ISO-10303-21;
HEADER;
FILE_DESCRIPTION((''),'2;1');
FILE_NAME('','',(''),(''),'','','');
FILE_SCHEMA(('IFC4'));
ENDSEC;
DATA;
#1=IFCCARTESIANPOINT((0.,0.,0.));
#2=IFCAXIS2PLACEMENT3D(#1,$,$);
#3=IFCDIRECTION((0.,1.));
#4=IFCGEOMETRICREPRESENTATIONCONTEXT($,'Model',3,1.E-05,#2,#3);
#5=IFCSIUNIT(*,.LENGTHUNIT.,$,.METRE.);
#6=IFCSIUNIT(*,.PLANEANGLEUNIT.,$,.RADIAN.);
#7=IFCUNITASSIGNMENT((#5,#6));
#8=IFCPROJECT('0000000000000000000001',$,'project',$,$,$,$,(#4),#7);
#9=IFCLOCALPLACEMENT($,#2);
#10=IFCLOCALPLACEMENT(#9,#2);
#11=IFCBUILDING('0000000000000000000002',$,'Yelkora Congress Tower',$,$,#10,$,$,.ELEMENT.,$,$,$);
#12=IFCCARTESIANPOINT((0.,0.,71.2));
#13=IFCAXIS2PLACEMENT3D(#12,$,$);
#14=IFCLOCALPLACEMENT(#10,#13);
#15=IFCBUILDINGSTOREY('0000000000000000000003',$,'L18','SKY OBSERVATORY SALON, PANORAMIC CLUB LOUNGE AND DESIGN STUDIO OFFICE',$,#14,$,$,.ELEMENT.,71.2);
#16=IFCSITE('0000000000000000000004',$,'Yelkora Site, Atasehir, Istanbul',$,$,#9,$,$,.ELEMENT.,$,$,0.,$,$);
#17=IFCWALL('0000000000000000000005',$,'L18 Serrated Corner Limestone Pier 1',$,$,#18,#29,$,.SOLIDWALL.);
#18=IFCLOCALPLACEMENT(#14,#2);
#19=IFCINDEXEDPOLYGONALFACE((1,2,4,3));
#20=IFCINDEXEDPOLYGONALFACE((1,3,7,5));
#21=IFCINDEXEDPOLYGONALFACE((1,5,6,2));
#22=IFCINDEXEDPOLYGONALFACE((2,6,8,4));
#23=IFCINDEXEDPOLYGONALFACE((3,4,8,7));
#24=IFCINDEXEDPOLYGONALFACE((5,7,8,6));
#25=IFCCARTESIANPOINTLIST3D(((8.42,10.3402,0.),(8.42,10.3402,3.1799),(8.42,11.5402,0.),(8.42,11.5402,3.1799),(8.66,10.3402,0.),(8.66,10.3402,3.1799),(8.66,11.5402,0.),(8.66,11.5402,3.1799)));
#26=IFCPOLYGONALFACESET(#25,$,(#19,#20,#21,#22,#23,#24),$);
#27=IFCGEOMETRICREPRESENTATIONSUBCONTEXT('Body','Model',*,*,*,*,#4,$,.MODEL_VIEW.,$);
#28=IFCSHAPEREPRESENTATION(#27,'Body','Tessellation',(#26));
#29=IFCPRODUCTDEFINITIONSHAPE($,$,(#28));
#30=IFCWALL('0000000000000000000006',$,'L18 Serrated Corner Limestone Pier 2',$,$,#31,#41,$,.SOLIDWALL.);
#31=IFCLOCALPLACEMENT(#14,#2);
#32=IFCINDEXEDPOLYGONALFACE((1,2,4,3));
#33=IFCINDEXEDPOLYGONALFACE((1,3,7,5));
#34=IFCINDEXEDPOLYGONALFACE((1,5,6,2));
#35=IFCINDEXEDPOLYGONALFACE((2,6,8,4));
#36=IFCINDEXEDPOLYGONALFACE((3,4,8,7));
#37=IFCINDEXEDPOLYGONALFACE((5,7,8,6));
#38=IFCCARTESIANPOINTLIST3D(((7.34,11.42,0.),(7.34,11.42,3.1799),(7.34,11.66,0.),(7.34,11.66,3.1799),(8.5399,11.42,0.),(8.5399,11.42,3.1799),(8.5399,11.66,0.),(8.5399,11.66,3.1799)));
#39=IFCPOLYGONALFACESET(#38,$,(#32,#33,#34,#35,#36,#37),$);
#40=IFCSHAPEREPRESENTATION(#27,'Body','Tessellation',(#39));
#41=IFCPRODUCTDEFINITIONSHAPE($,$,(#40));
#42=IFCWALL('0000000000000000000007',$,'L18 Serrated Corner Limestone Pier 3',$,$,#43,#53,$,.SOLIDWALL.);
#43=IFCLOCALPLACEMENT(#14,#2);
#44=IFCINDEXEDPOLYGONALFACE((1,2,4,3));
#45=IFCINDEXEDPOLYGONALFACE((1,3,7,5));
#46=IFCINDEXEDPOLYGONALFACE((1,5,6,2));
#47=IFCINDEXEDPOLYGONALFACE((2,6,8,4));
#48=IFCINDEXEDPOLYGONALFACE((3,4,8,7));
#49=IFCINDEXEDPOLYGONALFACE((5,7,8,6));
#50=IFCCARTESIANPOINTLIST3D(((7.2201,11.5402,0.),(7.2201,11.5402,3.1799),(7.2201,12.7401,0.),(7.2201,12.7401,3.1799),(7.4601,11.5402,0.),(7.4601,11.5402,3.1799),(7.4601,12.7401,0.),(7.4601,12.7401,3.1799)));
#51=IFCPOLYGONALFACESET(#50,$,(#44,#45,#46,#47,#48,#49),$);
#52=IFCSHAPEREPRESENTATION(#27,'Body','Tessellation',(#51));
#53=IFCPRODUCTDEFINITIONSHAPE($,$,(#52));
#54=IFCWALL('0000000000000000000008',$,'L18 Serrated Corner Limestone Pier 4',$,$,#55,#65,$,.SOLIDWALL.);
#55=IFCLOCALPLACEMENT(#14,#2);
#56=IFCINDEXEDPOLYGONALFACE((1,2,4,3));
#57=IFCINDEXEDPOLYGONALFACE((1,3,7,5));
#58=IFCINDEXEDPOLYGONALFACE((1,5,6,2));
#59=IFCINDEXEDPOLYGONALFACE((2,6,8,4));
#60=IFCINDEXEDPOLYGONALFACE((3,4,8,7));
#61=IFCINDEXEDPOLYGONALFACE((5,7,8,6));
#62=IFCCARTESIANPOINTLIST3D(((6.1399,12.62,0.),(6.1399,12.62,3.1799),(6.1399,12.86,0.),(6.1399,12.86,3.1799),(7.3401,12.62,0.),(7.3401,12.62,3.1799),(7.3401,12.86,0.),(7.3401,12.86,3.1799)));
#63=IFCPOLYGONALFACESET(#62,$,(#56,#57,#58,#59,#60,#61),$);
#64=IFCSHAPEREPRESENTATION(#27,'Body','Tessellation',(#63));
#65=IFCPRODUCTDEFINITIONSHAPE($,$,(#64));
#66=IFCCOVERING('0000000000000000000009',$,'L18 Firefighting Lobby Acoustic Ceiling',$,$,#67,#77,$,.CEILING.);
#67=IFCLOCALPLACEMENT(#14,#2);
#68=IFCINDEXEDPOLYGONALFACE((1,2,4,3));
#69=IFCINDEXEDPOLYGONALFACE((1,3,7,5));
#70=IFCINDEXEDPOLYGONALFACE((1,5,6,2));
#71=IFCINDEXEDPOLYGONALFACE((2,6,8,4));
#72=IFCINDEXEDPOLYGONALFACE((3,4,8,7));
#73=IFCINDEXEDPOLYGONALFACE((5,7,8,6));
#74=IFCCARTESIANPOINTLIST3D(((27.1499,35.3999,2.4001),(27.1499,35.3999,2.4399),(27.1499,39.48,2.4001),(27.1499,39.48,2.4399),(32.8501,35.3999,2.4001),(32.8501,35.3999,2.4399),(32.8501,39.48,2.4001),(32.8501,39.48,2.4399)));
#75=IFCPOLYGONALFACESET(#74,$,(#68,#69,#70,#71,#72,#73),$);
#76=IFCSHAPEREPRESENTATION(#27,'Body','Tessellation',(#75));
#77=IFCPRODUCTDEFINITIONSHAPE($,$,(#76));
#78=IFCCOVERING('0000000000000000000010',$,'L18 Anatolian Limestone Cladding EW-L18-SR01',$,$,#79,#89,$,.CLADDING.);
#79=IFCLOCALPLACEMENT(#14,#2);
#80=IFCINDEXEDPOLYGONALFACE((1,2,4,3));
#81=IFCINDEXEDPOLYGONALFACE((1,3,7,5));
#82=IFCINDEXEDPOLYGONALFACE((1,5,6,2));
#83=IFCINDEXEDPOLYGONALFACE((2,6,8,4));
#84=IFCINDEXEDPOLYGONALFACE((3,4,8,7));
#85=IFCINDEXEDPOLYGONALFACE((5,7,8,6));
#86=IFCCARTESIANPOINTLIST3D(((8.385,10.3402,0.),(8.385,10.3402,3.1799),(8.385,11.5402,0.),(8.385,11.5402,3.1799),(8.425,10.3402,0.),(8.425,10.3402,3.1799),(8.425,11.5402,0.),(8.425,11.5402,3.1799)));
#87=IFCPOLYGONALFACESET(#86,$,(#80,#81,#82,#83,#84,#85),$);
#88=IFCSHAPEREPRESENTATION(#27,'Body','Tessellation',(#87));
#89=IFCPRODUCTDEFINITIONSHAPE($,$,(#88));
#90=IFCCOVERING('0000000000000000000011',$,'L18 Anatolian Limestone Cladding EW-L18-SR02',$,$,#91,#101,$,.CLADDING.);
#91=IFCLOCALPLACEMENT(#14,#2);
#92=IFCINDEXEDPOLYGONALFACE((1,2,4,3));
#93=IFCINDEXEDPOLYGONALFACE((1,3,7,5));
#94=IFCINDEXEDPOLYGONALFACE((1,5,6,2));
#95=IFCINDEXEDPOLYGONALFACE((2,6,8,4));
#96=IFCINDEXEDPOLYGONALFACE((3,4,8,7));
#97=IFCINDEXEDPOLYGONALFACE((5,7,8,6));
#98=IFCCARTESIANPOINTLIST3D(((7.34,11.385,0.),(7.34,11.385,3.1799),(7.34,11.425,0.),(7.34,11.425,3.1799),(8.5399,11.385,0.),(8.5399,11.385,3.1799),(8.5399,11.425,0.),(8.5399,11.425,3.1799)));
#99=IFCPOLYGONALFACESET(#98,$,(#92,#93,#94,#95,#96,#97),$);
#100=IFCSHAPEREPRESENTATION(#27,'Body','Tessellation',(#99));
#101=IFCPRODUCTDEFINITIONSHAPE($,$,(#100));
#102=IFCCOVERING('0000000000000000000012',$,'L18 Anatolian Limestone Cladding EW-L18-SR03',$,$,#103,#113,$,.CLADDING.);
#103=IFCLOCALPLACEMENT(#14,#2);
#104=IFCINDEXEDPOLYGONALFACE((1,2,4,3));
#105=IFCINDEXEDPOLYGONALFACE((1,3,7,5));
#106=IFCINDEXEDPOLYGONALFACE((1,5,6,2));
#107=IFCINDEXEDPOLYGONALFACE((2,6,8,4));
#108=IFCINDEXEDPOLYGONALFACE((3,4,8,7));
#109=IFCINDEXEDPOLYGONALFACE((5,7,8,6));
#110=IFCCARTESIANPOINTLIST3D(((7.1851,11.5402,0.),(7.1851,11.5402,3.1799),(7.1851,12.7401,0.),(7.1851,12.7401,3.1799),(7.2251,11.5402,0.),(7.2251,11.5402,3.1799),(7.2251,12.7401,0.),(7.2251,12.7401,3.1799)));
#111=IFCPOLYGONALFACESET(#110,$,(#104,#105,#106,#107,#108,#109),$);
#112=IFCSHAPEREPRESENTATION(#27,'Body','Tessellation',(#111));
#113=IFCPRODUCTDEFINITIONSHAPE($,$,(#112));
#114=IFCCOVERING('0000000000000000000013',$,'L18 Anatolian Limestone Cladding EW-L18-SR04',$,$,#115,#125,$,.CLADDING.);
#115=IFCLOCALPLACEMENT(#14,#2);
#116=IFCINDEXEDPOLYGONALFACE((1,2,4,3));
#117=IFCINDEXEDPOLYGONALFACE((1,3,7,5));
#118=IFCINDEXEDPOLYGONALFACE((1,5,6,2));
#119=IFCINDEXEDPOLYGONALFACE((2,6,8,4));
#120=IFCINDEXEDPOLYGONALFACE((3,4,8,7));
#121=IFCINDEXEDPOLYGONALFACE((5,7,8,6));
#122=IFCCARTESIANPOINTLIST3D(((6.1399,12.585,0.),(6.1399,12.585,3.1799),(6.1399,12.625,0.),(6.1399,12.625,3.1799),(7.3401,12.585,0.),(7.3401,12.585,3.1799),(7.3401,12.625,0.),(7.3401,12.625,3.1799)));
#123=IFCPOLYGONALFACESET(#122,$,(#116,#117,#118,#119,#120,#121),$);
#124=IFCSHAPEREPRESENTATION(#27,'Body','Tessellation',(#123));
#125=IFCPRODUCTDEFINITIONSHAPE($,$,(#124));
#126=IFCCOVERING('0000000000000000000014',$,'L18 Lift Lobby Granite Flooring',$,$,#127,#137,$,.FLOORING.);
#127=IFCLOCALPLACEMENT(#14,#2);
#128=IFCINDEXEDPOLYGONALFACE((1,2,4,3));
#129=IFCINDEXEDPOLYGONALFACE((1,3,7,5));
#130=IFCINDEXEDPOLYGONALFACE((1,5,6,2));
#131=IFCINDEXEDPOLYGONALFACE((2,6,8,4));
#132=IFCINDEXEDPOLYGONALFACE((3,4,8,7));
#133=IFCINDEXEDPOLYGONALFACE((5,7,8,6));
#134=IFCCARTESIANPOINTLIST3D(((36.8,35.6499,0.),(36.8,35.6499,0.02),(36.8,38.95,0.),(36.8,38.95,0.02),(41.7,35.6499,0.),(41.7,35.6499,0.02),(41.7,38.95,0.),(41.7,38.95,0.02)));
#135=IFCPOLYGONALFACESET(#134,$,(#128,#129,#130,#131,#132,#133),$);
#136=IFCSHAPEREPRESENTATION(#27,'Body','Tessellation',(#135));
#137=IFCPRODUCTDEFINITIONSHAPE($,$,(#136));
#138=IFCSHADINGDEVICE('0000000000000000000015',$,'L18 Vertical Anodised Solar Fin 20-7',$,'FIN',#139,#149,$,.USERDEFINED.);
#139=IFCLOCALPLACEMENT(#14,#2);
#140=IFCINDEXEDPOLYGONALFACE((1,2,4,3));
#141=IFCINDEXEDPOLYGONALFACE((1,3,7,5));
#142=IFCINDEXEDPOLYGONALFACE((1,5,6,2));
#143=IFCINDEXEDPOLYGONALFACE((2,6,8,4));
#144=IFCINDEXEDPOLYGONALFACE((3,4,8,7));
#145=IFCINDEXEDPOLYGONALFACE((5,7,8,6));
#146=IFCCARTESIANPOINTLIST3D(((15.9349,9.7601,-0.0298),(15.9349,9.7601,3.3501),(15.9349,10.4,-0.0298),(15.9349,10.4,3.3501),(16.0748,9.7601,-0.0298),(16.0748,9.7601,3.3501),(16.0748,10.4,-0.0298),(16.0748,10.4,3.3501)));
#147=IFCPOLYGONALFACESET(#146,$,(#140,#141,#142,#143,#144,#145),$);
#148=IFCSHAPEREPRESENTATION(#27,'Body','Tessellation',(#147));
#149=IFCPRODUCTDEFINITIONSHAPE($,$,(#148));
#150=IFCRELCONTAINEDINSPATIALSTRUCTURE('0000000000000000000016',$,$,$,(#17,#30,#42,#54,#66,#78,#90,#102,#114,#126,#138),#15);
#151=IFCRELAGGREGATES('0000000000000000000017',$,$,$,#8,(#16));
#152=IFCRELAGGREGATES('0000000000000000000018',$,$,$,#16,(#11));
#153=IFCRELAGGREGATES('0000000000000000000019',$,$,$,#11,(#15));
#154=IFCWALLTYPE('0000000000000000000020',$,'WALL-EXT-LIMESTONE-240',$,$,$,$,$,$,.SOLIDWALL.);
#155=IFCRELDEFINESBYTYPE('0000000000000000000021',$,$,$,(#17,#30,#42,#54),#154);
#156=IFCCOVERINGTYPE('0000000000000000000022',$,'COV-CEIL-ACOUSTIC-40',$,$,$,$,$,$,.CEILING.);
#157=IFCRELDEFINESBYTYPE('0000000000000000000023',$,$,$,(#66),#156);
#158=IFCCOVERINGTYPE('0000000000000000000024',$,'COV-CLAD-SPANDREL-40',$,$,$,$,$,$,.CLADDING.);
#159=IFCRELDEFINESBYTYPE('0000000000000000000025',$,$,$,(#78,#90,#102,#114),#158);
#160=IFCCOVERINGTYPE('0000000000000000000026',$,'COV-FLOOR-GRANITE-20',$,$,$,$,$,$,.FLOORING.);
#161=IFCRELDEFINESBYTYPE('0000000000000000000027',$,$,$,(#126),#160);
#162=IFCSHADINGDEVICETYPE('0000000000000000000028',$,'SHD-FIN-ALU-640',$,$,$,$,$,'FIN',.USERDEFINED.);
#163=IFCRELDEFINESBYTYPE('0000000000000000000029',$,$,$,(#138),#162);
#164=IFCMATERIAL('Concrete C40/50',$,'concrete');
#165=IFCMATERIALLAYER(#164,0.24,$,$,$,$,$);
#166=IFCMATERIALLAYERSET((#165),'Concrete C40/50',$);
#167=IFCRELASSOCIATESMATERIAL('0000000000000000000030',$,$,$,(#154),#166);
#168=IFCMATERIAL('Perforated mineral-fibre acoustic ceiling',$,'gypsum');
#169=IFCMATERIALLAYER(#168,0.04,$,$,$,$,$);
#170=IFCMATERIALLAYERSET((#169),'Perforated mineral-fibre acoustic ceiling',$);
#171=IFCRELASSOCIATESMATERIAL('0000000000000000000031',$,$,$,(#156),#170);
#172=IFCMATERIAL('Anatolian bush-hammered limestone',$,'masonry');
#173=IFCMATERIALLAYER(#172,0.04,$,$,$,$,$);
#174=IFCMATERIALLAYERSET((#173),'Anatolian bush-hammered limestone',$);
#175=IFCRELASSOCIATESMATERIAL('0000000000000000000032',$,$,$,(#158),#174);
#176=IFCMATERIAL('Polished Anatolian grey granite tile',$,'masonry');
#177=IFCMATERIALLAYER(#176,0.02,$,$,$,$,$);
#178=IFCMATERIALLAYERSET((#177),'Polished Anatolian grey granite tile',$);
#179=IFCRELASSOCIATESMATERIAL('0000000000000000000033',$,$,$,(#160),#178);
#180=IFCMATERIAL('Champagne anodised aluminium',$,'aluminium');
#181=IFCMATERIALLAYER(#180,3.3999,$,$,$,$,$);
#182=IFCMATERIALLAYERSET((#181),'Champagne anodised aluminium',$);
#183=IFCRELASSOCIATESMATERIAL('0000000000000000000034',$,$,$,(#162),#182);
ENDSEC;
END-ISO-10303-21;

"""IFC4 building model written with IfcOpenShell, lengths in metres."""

from ifc_helpers import new_model, si_unit, direction, frame, frame_2d, origin, origin_2d, place, context, subcontext, project, spatial, polyline, rectangle, outline, extrude, material, layer, layer_set, type_object, element, save


model = new_model("IFC4")

# Units and contexts
model_context = context("Model", 3, precision=1e-05, world=origin(), true_north=direction((0.0, 1.0)))
body_context = subcontext(model_context, "Body", "Model", "MODEL_VIEW")
ifc_project = project(units=[si_unit("LENGTHUNIT", "METRE"), si_unit("PLANEANGLEUNIT", "RADIAN")], contexts=[model_context])

# Site, building, storey
site_placement = place(None, origin())
site = spatial("IfcSite", under=ifc_project, at=site_placement, Name="Yelkora Site, Atasehir, Istanbul", CompositionType="ELEMENT", RefElevation=0.0)
building_placement = place(site_placement, origin())
building = spatial("IfcBuilding", under=site, at=building_placement, Name="Yelkora Congress Tower", CompositionType="ELEMENT")
storey_placement = place(building_placement, frame((0.0, 0.0, 71.2)))
storey = spatial("IfcBuildingStorey", under=building, at=storey_placement, Name="L18", Description="SKY OBSERVATORY SALON, PANORAMIC CLUB LOUNGE AND DESIGN STUDIO OFFICE", CompositionType="ELEMENT", Elevation=71.2)

# Shared definitions
ifc_material_1 = material(Name="Concrete C40/50", Category="concrete")

# Walls
ifc_layer_1 = layer(ifc_material_1, 0.24)
ifc_layer_set_1 = layer_set([ifc_layer_1], Name="Concrete C40/50")
wall_type = type_object("IfcWallType", Name="WALL-EXT-LIMESTONE-240", PredefinedType="SOLIDWALL", material=ifc_layer_set_1)
for number, where, z_axis, x_axis, name in (
    (1, (8.54, 10.3401, 0.0), (0.0, 0.0, 1.0), (0.0, 1.0, 0.0), "L18 Serrated Corner Limestone Pier 1"),
    (2, (8.54, 11.54, 0.0), (0.0, 0.0, 1.0), (-1.0, 0.0, 0.0), "L18 Serrated Corner Limestone Pier 2"),
    (3, (7.3401, 11.54, 0.0), (0.0, 0.0, 1.0), (0.0, 1.0, 0.0), "L18 Serrated Corner Limestone Pier 3"),
):
    element("IfcWall", number, at=place(storey_placement, frame(where, z_axis=z_axis, x_axis=x_axis)), inside=storey, type_object=wall_type, Name=name, PredefinedType="SOLIDWALL", context=body_context, shape_type="SweptSolid", body=[
        extrude(rectangle(XDim=1.2, YDim=0.24, at=frame_2d((0.6001, 0.0))), origin(), (0.0, 0.0, 1.0), 3.1799),
    ])
wall_placement = place(storey_placement, frame((7.3401, 12.74, 0.0), z_axis=(0.0, 0.0, 1.0), x_axis=(-1.0, 0.0, 0.0)))
element("IfcWall", 4, at=wall_placement, inside=storey, type_object=wall_type, Name="L18 Serrated Corner Limestone Pier 4", PredefinedType="SOLIDWALL", context=body_context, shape_type="SweptSolid", body=[
    extrude(rectangle(XDim=1.2002, YDim=0.24, at=frame_2d((0.6001, 0.0))), origin(), (0.0, 0.0, 1.0), 3.1799),
])

# Coverings
ifc_material_2 = material(Name="Perforated mineral-fibre acoustic ceiling", Category="gypsum")
ifc_layer_2 = layer(ifc_material_2, 0.04)
ifc_layer_set_2 = layer_set([ifc_layer_2], Name="Perforated mineral-fibre acoustic ceiling")
covering_type_1 = type_object("IfcCoveringType", Name="COV-CEIL-ACOUSTIC-40", PredefinedType="CEILING", material=ifc_layer_set_2)
covering_1_placement = place(storey_placement, frame((0.0, 0.0, 2.4001)))
element("IfcCovering", 5, at=covering_1_placement, inside=storey, type_object=covering_type_1, Name="L18 Firefighting Lobby Acoustic Ceiling", PredefinedType="CEILING", context=body_context, shape_type="SweptSolid", body=[
    extrude(outline(polyline([(27.1499, 35.3999), (32.8501, 35.3999), (32.8501, 39.48), (27.1499, 39.48), (27.1499, 35.3999)])), origin(), (0.0, 0.0, 1.0), 0.0398),
])
ifc_material_3 = material(Name="Anatolian bush-hammered limestone", Category="masonry")
ifc_layer_3 = layer(ifc_material_3, 0.04)
ifc_layer_set_3 = layer_set([ifc_layer_3], Name="Anatolian bush-hammered limestone")
covering_type_2 = type_object("IfcCoveringType", Name="COV-CLAD-SPANDREL-40", PredefinedType="CLADDING", material=ifc_layer_set_3)
for number, where, z_axis, x_axis, name in (
    (6, (8.405, 10.3401, 0.0), (0.0, 0.0, 1.0), (0.0, 1.0, 0.0), "L18 Anatolian Limestone Cladding EW-L18-SR01"),
    (7, (8.54, 11.405, 0.0), (0.0, 0.0, 1.0), (-1.0, 0.0, 0.0), "L18 Anatolian Limestone Cladding EW-L18-SR02"),
    (8, (7.2051, 11.54, 0.0), (0.0, 0.0, 1.0), (0.0, 1.0, 0.0), "L18 Anatolian Limestone Cladding EW-L18-SR03"),
):
    element("IfcCovering", number, at=place(storey_placement, frame(where, z_axis=z_axis, x_axis=x_axis)), inside=storey, type_object=covering_type_2, Name=name, PredefinedType="CLADDING", context=body_context, shape_type="SweptSolid", body=[
        extrude(rectangle(XDim=1.2, YDim=0.04, at=frame_2d((0.6001, 0.0))), origin(), (0.0, 0.0, 1.0), 3.1799),
    ])
covering_2_placement = place(storey_placement, frame((7.3401, 12.605, 0.0), z_axis=(0.0, 0.0, 1.0), x_axis=(-1.0, 0.0, 0.0)))
element("IfcCovering", 9, at=covering_2_placement, inside=storey, type_object=covering_type_2, Name="L18 Anatolian Limestone Cladding EW-L18-SR04", PredefinedType="CLADDING", context=body_context, shape_type="SweptSolid", body=[
    extrude(rectangle(XDim=1.2002, YDim=0.04, at=frame_2d((0.6001, 0.0))), origin(), (0.0, 0.0, 1.0), 3.1799),
])
ifc_material_4 = material(Name="Polished Anatolian grey granite tile", Category="masonry")
ifc_layer_4 = layer(ifc_material_4, 0.02)
ifc_layer_set_4 = layer_set([ifc_layer_4], Name="Polished Anatolian grey granite tile")
covering_type_3 = type_object("IfcCoveringType", Name="COV-FLOOR-GRANITE-20", PredefinedType="FLOORING", material=ifc_layer_set_4)
covering_3_placement = place(storey_placement, origin())
element("IfcCovering", 10, at=covering_3_placement, inside=storey, type_object=covering_type_3, Name="L18 Lift Lobby Granite Flooring", PredefinedType="FLOORING", context=body_context, shape_type="SweptSolid", body=[
    extrude(outline(polyline([(36.8, 35.6499), (41.7, 35.6499), (41.7, 38.95), (36.8, 38.95), (36.8, 35.6499)])), origin(), (0.0, 0.0, 1.0), 0.02),
])

# Shading device
ifc_material_5 = material(Name="Champagne anodised aluminium", Category="aluminium")
ifc_layer_5 = layer(ifc_material_5, 3.3999)
ifc_layer_set_5 = layer_set([ifc_layer_5], Name="Champagne anodised aluminium")
shading_device_type = type_object("IfcShadingDeviceType", Name="SHD-FIN-ALU-640", ElementType="FIN", PredefinedType="USERDEFINED", material=ifc_layer_set_5)
shading_device_placement = place(storey_placement, frame((16.0049, 10.0801, -0.0298), z_axis=(0.0, 0.0, 1.0), x_axis=(-1.0, 0.0, 0.0)))
element("IfcShadingDevice", 11, at=shading_device_placement, inside=storey, type_object=shading_device_type, Name="L18 Vertical Anodised Solar Fin 20-7", ObjectType="FIN", PredefinedType="USERDEFINED", context=body_context, shape_type="SweptSolid", body=[
    extrude(rectangle(XDim=0.1399, YDim=0.6399, at=origin_2d()), origin(), (0.0, 0.0, 1.0), 3.3799),
])

save(model, "model.ifc")
